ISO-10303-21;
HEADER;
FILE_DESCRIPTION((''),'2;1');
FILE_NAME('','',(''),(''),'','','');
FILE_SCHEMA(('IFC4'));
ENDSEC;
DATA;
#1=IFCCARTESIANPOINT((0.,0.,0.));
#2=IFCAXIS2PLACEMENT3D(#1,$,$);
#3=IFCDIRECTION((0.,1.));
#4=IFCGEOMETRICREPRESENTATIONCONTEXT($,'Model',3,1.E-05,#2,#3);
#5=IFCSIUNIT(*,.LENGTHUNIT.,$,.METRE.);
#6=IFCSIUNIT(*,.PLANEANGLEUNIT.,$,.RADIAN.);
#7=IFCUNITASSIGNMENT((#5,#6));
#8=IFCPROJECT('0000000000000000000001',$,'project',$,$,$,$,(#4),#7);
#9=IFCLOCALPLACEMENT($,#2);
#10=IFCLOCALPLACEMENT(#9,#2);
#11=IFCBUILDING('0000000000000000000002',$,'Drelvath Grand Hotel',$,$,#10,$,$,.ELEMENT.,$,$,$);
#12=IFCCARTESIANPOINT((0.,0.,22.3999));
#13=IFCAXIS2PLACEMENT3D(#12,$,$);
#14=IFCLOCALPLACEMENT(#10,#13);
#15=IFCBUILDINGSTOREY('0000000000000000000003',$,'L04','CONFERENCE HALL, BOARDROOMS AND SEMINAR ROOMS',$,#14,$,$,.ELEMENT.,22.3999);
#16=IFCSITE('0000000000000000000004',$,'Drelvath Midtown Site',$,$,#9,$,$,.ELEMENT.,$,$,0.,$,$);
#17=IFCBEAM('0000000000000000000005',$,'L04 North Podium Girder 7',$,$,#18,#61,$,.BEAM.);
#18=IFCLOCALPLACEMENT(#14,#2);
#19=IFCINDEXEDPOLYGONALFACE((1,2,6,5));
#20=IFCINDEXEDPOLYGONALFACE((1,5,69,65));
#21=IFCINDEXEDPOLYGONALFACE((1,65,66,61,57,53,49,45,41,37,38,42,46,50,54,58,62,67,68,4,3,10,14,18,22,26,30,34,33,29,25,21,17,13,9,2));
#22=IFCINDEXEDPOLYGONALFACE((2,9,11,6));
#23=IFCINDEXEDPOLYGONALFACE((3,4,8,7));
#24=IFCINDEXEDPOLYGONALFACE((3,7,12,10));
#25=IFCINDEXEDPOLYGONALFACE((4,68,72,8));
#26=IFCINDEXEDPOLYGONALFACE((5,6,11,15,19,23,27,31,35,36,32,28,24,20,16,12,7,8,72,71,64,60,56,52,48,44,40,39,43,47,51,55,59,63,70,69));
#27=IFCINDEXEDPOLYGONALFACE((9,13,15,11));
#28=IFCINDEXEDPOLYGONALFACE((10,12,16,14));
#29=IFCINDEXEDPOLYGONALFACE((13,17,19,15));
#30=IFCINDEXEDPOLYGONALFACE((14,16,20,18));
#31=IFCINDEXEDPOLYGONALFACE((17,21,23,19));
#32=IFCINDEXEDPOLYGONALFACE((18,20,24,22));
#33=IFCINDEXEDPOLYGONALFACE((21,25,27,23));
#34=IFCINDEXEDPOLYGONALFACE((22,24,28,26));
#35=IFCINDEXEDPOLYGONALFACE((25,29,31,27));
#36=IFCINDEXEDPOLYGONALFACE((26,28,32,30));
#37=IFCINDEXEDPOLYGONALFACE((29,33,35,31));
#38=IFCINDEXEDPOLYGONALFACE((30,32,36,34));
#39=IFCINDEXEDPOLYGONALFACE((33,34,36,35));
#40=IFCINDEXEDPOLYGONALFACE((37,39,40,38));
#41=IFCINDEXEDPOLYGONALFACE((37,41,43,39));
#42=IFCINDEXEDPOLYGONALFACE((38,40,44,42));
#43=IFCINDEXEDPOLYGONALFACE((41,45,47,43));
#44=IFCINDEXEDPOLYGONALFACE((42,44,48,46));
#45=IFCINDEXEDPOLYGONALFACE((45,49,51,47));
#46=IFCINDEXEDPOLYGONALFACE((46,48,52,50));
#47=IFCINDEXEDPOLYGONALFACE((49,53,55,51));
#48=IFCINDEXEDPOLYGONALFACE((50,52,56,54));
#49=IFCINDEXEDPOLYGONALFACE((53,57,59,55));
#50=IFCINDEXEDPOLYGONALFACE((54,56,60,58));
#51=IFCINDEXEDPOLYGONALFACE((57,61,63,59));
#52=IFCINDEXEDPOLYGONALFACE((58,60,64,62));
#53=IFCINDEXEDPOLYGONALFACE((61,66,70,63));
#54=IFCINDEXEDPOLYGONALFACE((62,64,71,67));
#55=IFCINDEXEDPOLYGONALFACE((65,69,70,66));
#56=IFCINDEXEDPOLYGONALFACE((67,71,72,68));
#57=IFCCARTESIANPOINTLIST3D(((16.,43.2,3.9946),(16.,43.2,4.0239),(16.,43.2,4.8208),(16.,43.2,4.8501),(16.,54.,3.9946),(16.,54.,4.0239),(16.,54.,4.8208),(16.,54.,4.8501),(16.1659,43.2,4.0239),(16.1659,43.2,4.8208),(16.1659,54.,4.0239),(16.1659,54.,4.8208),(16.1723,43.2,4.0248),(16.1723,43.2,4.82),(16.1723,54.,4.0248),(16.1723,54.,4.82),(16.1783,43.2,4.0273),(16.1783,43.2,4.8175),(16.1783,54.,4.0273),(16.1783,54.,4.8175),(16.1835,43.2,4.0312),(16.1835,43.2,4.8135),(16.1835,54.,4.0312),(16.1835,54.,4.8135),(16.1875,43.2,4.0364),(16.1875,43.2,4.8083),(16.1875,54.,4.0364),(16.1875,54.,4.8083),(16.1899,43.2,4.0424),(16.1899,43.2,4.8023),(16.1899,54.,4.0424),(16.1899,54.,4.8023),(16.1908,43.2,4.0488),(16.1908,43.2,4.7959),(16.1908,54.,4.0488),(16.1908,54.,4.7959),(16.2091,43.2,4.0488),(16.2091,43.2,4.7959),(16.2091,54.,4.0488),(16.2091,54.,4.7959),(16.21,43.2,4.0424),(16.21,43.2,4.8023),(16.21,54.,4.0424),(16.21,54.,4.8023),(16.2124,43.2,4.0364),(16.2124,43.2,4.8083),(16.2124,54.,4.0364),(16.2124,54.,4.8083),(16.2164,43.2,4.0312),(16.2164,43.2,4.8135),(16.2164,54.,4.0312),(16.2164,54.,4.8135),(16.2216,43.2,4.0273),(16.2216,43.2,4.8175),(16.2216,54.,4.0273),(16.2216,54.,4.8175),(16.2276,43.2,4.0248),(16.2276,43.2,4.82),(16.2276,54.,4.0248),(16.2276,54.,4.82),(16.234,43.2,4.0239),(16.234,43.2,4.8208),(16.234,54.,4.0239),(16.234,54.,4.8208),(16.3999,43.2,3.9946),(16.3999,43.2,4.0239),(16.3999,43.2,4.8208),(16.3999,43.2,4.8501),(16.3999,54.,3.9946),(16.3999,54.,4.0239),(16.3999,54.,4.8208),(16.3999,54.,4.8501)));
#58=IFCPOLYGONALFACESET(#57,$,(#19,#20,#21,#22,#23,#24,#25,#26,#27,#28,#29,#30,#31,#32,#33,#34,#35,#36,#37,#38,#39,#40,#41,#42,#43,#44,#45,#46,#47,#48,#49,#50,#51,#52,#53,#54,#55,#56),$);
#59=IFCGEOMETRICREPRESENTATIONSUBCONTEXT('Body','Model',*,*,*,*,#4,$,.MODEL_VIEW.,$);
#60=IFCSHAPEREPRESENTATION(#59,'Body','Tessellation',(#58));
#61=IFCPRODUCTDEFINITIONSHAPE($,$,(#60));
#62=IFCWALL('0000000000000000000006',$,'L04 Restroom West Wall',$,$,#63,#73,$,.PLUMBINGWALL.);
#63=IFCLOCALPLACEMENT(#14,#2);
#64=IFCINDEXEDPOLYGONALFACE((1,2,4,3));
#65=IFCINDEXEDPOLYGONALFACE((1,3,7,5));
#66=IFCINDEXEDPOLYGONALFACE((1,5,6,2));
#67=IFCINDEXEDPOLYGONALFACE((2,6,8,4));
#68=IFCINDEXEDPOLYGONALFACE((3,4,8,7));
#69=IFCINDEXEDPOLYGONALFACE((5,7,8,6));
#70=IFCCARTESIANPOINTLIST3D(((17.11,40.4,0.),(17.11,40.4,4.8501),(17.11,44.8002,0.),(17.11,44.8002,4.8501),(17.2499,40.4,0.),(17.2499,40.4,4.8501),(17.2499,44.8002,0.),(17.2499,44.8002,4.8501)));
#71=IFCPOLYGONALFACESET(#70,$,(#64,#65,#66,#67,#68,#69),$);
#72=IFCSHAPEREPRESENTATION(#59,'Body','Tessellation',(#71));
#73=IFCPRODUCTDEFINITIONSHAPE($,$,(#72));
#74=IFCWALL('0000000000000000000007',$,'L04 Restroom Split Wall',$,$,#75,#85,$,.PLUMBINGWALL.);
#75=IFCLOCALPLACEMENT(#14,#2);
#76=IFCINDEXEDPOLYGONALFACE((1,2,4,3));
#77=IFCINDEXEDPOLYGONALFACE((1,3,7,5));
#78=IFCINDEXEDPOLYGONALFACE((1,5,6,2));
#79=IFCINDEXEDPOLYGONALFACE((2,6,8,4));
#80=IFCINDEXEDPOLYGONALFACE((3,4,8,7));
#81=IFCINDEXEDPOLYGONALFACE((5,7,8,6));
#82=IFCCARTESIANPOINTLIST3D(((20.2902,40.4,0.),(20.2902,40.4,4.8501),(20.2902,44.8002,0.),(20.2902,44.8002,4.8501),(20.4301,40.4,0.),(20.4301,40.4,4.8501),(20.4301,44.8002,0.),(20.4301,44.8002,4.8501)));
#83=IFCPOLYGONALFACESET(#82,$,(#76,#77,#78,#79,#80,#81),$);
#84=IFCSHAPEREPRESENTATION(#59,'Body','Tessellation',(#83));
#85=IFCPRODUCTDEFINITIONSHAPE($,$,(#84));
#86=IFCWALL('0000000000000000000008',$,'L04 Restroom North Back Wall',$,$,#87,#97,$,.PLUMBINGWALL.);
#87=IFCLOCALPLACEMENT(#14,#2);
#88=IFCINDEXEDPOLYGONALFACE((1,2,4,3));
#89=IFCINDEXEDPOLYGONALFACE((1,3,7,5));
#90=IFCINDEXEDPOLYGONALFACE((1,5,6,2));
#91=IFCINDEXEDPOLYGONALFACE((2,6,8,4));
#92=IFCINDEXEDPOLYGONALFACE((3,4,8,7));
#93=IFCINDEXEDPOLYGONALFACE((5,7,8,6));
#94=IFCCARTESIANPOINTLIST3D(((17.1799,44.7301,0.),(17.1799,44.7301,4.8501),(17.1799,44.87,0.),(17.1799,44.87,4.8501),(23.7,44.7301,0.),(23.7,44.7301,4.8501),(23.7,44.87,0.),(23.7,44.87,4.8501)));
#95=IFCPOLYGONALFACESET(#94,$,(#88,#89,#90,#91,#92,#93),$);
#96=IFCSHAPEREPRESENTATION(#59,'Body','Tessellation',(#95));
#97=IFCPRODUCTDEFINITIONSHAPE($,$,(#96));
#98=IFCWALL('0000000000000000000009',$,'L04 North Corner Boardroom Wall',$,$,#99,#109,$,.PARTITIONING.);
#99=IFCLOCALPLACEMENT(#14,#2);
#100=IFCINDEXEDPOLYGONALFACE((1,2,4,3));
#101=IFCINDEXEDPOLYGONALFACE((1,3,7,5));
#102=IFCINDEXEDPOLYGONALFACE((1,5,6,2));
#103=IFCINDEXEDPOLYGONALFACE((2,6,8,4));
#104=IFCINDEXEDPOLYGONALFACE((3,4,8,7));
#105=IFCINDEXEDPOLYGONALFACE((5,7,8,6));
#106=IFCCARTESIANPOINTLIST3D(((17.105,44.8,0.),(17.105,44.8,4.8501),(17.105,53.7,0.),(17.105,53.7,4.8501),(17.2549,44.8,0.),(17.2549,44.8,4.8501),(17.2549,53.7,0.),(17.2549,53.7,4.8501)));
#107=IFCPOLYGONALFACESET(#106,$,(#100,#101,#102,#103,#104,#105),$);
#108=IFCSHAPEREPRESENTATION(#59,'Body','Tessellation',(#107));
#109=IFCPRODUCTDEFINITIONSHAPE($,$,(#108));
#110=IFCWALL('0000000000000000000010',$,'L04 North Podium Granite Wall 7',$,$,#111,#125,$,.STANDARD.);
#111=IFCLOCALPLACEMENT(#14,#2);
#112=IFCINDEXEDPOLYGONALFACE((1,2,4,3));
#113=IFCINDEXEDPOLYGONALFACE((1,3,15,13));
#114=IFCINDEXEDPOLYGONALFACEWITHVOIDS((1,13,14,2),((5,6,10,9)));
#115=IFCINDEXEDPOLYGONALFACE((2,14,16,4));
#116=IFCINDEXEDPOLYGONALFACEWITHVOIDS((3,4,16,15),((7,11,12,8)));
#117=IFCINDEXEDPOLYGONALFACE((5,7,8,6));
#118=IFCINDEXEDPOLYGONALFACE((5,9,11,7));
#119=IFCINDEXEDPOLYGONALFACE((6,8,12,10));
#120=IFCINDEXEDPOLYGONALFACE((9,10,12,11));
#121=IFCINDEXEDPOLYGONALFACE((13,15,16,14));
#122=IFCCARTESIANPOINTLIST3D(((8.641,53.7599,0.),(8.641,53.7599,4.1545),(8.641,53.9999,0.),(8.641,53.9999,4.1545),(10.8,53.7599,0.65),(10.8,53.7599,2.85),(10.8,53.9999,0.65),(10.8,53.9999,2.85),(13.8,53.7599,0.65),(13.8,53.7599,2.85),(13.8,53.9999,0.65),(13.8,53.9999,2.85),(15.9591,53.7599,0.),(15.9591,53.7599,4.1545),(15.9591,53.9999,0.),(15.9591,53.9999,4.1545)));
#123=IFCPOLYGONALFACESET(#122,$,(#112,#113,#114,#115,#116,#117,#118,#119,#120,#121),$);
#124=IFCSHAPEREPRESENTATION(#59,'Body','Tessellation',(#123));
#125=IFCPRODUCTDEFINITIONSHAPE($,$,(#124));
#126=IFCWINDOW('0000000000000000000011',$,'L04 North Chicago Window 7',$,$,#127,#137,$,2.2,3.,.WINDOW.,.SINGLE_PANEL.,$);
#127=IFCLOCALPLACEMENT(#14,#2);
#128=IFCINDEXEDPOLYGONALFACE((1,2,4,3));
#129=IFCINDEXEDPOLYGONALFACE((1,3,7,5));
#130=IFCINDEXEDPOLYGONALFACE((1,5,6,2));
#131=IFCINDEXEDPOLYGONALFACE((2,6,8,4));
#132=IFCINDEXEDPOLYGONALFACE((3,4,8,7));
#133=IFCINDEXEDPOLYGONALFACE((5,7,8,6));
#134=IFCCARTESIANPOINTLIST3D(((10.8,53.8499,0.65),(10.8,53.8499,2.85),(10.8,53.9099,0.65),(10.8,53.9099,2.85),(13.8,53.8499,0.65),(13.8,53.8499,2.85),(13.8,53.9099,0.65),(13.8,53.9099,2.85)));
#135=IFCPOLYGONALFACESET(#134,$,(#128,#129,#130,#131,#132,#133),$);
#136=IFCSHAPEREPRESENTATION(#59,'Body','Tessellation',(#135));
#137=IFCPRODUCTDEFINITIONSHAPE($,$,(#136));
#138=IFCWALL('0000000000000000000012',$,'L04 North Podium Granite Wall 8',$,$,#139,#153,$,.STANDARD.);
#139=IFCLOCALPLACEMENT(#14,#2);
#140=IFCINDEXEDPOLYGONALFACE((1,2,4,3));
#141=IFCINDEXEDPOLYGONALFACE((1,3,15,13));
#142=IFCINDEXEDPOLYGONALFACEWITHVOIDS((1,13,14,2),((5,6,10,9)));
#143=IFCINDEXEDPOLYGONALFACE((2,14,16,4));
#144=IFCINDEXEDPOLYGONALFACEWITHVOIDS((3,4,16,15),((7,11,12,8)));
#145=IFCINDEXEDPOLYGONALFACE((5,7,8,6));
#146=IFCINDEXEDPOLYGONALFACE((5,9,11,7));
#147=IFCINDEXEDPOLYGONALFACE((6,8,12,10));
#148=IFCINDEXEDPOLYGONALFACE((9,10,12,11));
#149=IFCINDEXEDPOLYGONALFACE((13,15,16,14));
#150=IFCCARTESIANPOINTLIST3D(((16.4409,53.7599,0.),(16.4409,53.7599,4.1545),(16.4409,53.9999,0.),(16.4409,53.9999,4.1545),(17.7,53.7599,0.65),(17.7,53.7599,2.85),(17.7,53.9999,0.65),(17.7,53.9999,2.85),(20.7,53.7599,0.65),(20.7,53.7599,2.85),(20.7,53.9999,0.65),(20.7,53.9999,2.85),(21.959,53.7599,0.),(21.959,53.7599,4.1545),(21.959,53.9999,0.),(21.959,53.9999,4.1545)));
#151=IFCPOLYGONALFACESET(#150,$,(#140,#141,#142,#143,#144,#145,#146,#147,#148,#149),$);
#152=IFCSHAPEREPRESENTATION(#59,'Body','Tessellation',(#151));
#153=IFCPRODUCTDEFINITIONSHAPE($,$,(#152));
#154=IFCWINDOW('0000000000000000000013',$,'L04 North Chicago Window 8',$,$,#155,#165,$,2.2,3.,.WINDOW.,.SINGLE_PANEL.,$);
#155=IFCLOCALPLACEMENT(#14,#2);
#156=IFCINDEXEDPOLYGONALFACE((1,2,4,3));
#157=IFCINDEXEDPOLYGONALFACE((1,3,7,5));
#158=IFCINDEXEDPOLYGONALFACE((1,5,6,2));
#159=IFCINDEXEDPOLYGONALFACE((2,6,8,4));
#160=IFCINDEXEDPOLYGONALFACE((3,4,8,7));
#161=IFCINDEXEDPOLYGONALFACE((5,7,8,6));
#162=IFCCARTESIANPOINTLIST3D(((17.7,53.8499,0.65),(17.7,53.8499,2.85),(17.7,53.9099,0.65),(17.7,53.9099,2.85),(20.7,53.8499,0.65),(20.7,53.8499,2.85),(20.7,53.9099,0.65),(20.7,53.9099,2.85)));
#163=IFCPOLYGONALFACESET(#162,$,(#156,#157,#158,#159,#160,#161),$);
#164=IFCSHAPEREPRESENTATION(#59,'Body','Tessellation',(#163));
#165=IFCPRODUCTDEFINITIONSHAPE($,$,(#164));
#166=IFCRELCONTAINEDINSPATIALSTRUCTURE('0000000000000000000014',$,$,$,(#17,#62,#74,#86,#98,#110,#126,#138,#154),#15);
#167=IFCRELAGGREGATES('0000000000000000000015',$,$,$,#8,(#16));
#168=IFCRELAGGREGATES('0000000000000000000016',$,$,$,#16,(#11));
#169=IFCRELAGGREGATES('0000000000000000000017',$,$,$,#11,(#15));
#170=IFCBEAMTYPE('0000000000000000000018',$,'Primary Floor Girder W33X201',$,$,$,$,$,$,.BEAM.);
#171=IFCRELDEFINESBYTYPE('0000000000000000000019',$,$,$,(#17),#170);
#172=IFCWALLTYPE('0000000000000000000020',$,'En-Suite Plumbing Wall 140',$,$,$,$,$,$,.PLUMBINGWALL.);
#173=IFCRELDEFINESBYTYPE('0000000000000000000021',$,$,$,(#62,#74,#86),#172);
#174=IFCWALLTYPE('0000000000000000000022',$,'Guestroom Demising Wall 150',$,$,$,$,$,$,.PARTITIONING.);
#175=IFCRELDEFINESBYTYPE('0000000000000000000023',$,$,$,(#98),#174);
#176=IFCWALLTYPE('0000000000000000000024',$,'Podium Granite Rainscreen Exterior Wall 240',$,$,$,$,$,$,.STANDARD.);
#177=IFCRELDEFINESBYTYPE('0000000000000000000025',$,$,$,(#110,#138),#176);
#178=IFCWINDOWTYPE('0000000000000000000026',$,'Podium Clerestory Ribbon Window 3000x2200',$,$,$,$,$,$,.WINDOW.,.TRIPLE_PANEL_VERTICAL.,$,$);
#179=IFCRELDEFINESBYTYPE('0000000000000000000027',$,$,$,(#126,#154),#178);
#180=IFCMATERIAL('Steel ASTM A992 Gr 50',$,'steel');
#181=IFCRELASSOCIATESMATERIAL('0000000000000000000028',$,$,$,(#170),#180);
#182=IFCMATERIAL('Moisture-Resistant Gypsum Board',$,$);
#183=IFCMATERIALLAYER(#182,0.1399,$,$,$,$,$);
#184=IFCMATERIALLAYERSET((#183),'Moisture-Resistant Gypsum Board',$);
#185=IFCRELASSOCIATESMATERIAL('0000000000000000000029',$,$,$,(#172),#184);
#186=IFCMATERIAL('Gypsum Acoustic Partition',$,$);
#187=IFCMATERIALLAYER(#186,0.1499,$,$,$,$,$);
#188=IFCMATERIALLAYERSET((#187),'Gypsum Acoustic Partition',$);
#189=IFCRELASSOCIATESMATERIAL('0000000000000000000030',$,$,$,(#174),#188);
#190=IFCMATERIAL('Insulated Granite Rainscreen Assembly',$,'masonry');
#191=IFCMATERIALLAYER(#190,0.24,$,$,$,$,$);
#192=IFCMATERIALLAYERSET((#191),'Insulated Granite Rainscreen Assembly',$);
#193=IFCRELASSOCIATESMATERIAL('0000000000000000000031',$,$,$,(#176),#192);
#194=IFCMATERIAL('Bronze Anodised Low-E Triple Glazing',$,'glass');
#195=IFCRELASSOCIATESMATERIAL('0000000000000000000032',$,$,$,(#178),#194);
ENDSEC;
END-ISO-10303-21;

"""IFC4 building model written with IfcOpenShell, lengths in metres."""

from ifc_helpers import new_model, si_unit, direction, frame, frame_2d, origin, origin_2d, place, context, subcontext, project, spatial, rectangle, i_section, extrude, material, layer, layer_set, material_profile, profile_set, type_object, element, fill, save


model = new_model("IFC4")

# Units and contexts
model_context = context("Model", 3, precision=1e-05, world=origin(), true_north=direction((0.0, 1.0)))
body_context = subcontext(model_context, "Body", "Model", "MODEL_VIEW")
ifc_project = project(units=[si_unit("LENGTHUNIT", "METRE"), si_unit("PLANEANGLEUNIT", "RADIAN")], contexts=[model_context])

# Site, building, storey
site_placement = place(None, origin())
site = spatial("IfcSite", under=ifc_project, at=site_placement, Name="Drelvath Midtown Site", CompositionType="ELEMENT", RefElevation=0.0)
building_placement = place(site_placement, origin())
building = spatial("IfcBuilding", under=site, at=building_placement, Name="Drelvath Grand Hotel", CompositionType="ELEMENT")
storey_placement = place(building_placement, frame((0.0, 0.0, 22.3999)))
storey = spatial("IfcBuildingStorey", under=building, at=storey_placement, Name="L04", Description="CONFERENCE HALL, BOARDROOMS AND SEMINAR ROOMS", CompositionType="ELEMENT", Elevation=22.3999)

# Beam
ifc_material_1 = material(Name="Steel ASTM A992 Gr 50", Category="steel")
ifc_material_profile_1 = material_profile(ifc_material_1, i_section(OverallWidth=0.3999, OverallDepth=0.8555, WebThickness=0.0183, FlangeThickness=0.0293, FilletRadius=0.0249, at=origin_2d()), Name="W33X201")
ifc_profile_set_1 = profile_set([ifc_material_profile_1], Name="Steel ASTM A992 Gr 50")
beam_type_1 = type_object("IfcBeamType", Name="Primary Floor Girder W33X201", PredefinedType="BEAM", material=ifc_profile_set_1)
for number, where, z_axis, x_axis, name in (
    (1, (16.2, 43.2, 4.4224), (0.0, 1.0, 0.0), (-1.0, 0.0, 0.0), "L04 North Podium Girder 7"),
):
    element("IfcBeam", number, at=place(storey_placement, frame(where, z_axis=z_axis, x_axis=x_axis)), inside=storey, type_object=beam_type_1, Name=name, PredefinedType="BEAM", context=body_context, shape_type="SweptSolid", body=[
        extrude(i_section(OverallWidth=0.3999, OverallDepth=0.8555, WebThickness=0.0183, FlangeThickness=0.0293, FilletRadius=0.0249, at=origin_2d()), origin(), (0.0, 0.0, 1.0), 10.8),
    ])

# Walls
ifc_material_2 = material(Name="Moisture-Resistant Gypsum Board")
ifc_layer_1 = layer(ifc_material_2, 0.1399)
ifc_layer_set_1 = layer_set([ifc_layer_1], Name="Moisture-Resistant Gypsum Board")
wall_type_1 = type_object("IfcWallType", Name="En-Suite Plumbing Wall 140", PredefinedType="PLUMBINGWALL", material=ifc_layer_set_1)
for number, where, z_axis, x_axis, name in (
    (2, (17.1799, 40.3999, 0.0), (0.0, 0.0, 1.0), (0.0, 1.0, 0.0), "L04 Restroom West Wall"),
    (3, (20.3601, 40.3999, 0.0), (0.0, 0.0, 1.0), (0.0, 1.0, 0.0), "L04 Restroom Split Wall"),
):
    element("IfcWall", number, at=place(storey_placement, frame(where, z_axis=z_axis, x_axis=x_axis)), inside=storey, type_object=wall_type_1, Name=name, PredefinedType="PLUMBINGWALL", context=body_context, shape_type="SweptSolid", body=[
        extrude(rectangle(XDim=4.4001, YDim=0.1399, at=frame_2d((2.2002, 0.0))), origin(), (0.0, 0.0, 1.0), 4.8501),
    ])
wall_1_placement = place(storey_placement, frame((17.1799, 44.8, 0.0), z_axis=(0.0, 0.0, 1.0), x_axis=(1.0, 0.0, 0.0)))
element("IfcWall", 4, at=wall_1_placement, inside=storey, type_object=wall_type_1, Name="L04 Restroom North Back Wall", PredefinedType="PLUMBINGWALL", context=body_context, shape_type="SweptSolid", body=[
    extrude(rectangle(XDim=6.52, YDim=0.1399, at=frame_2d((3.26, 0.0))), origin(), (0.0, 0.0, 1.0), 4.8501),
])
ifc_material_3 = material(Name="Gypsum Acoustic Partition")
ifc_layer_2 = layer(ifc_material_3, 0.1499)
ifc_layer_set_2 = layer_set([ifc_layer_2], Name="Gypsum Acoustic Partition")
wall_type_2 = type_object("IfcWallType", Name="Guestroom Demising Wall 150", PredefinedType="PARTITIONING", material=ifc_layer_set_2)
wall_2_placement = place(storey_placement, frame((17.1799, 44.8, 0.0), z_axis=(0.0, 0.0, 1.0), x_axis=(0.0, 1.0, 0.0)))
element("IfcWall", 5, at=wall_2_placement, inside=storey, type_object=wall_type_2, Name="L04 North Corner Boardroom Wall", PredefinedType="PARTITIONING", context=body_context, shape_type="SweptSolid", body=[
    extrude(rectangle(XDim=8.8999, YDim=0.1499, at=frame_2d((4.45, 0.0))), origin(), (0.0, 0.0, 1.0), 4.8501),
])

# Walls, openings, windows
ifc_material_4 = material(Name="Insulated Granite Rainscreen Assembly", Category="masonry")
ifc_layer_3 = layer(ifc_material_4, 0.24)
ifc_layer_set_3 = layer_set([ifc_layer_3], Name="Insulated Granite Rainscreen Assembly")
wall_type_3 = type_object("IfcWallType", Name="Podium Granite Rainscreen Exterior Wall 240", PredefinedType="STANDARD", material=ifc_layer_set_3)
wall_3_placement = place(storey_placement, frame((8.6409, 53.8799, 0.0), z_axis=(0.0, 0.0, 1.0), x_axis=(1.0, 0.0, 0.0)))
wall_3 = element("IfcWall", 6, at=wall_3_placement, inside=storey, type_object=wall_type_3, Name="L04 North Podium Granite Wall 7", PredefinedType="STANDARD", context=body_context, shape_type="SweptSolid", body=[
    extrude(rectangle(XDim=7.3181, YDim=0.24, at=frame_2d((3.6592, 0.0))), origin(), (0.0, 0.0, 1.0), 4.1545),
])
opening_1_placement = place(wall_3_placement, frame((2.1592, 0.0, 0.6499)))
opening_1 = element("IfcOpeningElement", 7, at=opening_1_placement, cuts=wall_3, PredefinedType="OPENING", context=body_context, shape_type="SweptSolid", body=[
    extrude(rectangle(XDim=3.0, YDim=2.2, at=frame_2d((1.5, 1.1001))), frame((0.0, 0.1299, 0.0), z_axis=(0.0, -1.0, 0.0), x_axis=(1.0, 0.0, 0.0)), (0.0, 0.0, 1.0), 0.26),
])
ifc_material_5 = material(Name="Bronze Anodised Low-E Triple Glazing", Category="glass")
window_type_1 = type_object("IfcWindowType", Name="Podium Clerestory Ribbon Window 3000x2200", PartitioningType="TRIPLE_PANEL_VERTICAL", PredefinedType="WINDOW", material=ifc_material_5)
window_1_placement = place(opening_1_placement, origin())
window_1 = element("IfcWindow", 8, at=window_1_placement, inside=storey, type_object=window_type_1, Name="L04 North Chicago Window 7", OverallHeight=2.2, OverallWidth=3.0, PartitioningType="SINGLE_PANEL", PredefinedType="WINDOW", context=body_context, shape_type="SweptSolid", body=[
    extrude(rectangle(XDim=3.0, YDim=2.2, at=frame_2d((1.5, 1.1001))), frame((0.0, 0.03, 0.0), z_axis=(0.0, -1.0, 0.0), x_axis=(1.0, 0.0, 0.0)), (0.0, 0.0, 1.0), 0.0601),
])
fill(opening_1, window_1)
wall_4_placement = place(storey_placement, frame((16.4409, 53.8799, 0.0), z_axis=(0.0, 0.0, 1.0), x_axis=(1.0, 0.0, 0.0)))
wall_4 = element("IfcWall", 9, at=wall_4_placement, inside=storey, type_object=wall_type_3, Name="L04 North Podium Granite Wall 8", PredefinedType="STANDARD", context=body_context, shape_type="SweptSolid", body=[
    extrude(rectangle(XDim=5.5181, YDim=0.24, at=frame_2d((2.759, 0.0))), origin(), (0.0, 0.0, 1.0), 4.1545),
])
opening_2_placement = place(wall_4_placement, frame((1.259, 0.0, 0.6499)))
opening_2 = element("IfcOpeningElement", 10, at=opening_2_placement, cuts=wall_4, PredefinedType="OPENING", context=body_context, shape_type="SweptSolid", body=[
    extrude(rectangle(XDim=3.0, YDim=2.2, at=frame_2d((1.5, 1.1001))), frame((0.0, 0.1299, 0.0), z_axis=(0.0, -1.0, 0.0), x_axis=(1.0, 0.0, 0.0)), (0.0, 0.0, 1.0), 0.26),
])
window_2_placement = place(opening_2_placement, origin())
window_2 = element("IfcWindow", 11, at=window_2_placement, inside=storey, type_object=window_type_1, Name="L04 North Chicago Window 8", OverallHeight=2.2, OverallWidth=3.0, PartitioningType="SINGLE_PANEL", PredefinedType="WINDOW", context=body_context, shape_type="SweptSolid", body=[
    extrude(rectangle(XDim=3.0, YDim=2.2, at=frame_2d((1.5, 1.1001))), frame((0.0, 0.03, 0.0), z_axis=(0.0, -1.0, 0.0), x_axis=(1.0, 0.0, 0.0)), (0.0, 0.0, 1.0), 0.0601),
])
fill(opening_2, window_2)

save(model, "model.ifc")
